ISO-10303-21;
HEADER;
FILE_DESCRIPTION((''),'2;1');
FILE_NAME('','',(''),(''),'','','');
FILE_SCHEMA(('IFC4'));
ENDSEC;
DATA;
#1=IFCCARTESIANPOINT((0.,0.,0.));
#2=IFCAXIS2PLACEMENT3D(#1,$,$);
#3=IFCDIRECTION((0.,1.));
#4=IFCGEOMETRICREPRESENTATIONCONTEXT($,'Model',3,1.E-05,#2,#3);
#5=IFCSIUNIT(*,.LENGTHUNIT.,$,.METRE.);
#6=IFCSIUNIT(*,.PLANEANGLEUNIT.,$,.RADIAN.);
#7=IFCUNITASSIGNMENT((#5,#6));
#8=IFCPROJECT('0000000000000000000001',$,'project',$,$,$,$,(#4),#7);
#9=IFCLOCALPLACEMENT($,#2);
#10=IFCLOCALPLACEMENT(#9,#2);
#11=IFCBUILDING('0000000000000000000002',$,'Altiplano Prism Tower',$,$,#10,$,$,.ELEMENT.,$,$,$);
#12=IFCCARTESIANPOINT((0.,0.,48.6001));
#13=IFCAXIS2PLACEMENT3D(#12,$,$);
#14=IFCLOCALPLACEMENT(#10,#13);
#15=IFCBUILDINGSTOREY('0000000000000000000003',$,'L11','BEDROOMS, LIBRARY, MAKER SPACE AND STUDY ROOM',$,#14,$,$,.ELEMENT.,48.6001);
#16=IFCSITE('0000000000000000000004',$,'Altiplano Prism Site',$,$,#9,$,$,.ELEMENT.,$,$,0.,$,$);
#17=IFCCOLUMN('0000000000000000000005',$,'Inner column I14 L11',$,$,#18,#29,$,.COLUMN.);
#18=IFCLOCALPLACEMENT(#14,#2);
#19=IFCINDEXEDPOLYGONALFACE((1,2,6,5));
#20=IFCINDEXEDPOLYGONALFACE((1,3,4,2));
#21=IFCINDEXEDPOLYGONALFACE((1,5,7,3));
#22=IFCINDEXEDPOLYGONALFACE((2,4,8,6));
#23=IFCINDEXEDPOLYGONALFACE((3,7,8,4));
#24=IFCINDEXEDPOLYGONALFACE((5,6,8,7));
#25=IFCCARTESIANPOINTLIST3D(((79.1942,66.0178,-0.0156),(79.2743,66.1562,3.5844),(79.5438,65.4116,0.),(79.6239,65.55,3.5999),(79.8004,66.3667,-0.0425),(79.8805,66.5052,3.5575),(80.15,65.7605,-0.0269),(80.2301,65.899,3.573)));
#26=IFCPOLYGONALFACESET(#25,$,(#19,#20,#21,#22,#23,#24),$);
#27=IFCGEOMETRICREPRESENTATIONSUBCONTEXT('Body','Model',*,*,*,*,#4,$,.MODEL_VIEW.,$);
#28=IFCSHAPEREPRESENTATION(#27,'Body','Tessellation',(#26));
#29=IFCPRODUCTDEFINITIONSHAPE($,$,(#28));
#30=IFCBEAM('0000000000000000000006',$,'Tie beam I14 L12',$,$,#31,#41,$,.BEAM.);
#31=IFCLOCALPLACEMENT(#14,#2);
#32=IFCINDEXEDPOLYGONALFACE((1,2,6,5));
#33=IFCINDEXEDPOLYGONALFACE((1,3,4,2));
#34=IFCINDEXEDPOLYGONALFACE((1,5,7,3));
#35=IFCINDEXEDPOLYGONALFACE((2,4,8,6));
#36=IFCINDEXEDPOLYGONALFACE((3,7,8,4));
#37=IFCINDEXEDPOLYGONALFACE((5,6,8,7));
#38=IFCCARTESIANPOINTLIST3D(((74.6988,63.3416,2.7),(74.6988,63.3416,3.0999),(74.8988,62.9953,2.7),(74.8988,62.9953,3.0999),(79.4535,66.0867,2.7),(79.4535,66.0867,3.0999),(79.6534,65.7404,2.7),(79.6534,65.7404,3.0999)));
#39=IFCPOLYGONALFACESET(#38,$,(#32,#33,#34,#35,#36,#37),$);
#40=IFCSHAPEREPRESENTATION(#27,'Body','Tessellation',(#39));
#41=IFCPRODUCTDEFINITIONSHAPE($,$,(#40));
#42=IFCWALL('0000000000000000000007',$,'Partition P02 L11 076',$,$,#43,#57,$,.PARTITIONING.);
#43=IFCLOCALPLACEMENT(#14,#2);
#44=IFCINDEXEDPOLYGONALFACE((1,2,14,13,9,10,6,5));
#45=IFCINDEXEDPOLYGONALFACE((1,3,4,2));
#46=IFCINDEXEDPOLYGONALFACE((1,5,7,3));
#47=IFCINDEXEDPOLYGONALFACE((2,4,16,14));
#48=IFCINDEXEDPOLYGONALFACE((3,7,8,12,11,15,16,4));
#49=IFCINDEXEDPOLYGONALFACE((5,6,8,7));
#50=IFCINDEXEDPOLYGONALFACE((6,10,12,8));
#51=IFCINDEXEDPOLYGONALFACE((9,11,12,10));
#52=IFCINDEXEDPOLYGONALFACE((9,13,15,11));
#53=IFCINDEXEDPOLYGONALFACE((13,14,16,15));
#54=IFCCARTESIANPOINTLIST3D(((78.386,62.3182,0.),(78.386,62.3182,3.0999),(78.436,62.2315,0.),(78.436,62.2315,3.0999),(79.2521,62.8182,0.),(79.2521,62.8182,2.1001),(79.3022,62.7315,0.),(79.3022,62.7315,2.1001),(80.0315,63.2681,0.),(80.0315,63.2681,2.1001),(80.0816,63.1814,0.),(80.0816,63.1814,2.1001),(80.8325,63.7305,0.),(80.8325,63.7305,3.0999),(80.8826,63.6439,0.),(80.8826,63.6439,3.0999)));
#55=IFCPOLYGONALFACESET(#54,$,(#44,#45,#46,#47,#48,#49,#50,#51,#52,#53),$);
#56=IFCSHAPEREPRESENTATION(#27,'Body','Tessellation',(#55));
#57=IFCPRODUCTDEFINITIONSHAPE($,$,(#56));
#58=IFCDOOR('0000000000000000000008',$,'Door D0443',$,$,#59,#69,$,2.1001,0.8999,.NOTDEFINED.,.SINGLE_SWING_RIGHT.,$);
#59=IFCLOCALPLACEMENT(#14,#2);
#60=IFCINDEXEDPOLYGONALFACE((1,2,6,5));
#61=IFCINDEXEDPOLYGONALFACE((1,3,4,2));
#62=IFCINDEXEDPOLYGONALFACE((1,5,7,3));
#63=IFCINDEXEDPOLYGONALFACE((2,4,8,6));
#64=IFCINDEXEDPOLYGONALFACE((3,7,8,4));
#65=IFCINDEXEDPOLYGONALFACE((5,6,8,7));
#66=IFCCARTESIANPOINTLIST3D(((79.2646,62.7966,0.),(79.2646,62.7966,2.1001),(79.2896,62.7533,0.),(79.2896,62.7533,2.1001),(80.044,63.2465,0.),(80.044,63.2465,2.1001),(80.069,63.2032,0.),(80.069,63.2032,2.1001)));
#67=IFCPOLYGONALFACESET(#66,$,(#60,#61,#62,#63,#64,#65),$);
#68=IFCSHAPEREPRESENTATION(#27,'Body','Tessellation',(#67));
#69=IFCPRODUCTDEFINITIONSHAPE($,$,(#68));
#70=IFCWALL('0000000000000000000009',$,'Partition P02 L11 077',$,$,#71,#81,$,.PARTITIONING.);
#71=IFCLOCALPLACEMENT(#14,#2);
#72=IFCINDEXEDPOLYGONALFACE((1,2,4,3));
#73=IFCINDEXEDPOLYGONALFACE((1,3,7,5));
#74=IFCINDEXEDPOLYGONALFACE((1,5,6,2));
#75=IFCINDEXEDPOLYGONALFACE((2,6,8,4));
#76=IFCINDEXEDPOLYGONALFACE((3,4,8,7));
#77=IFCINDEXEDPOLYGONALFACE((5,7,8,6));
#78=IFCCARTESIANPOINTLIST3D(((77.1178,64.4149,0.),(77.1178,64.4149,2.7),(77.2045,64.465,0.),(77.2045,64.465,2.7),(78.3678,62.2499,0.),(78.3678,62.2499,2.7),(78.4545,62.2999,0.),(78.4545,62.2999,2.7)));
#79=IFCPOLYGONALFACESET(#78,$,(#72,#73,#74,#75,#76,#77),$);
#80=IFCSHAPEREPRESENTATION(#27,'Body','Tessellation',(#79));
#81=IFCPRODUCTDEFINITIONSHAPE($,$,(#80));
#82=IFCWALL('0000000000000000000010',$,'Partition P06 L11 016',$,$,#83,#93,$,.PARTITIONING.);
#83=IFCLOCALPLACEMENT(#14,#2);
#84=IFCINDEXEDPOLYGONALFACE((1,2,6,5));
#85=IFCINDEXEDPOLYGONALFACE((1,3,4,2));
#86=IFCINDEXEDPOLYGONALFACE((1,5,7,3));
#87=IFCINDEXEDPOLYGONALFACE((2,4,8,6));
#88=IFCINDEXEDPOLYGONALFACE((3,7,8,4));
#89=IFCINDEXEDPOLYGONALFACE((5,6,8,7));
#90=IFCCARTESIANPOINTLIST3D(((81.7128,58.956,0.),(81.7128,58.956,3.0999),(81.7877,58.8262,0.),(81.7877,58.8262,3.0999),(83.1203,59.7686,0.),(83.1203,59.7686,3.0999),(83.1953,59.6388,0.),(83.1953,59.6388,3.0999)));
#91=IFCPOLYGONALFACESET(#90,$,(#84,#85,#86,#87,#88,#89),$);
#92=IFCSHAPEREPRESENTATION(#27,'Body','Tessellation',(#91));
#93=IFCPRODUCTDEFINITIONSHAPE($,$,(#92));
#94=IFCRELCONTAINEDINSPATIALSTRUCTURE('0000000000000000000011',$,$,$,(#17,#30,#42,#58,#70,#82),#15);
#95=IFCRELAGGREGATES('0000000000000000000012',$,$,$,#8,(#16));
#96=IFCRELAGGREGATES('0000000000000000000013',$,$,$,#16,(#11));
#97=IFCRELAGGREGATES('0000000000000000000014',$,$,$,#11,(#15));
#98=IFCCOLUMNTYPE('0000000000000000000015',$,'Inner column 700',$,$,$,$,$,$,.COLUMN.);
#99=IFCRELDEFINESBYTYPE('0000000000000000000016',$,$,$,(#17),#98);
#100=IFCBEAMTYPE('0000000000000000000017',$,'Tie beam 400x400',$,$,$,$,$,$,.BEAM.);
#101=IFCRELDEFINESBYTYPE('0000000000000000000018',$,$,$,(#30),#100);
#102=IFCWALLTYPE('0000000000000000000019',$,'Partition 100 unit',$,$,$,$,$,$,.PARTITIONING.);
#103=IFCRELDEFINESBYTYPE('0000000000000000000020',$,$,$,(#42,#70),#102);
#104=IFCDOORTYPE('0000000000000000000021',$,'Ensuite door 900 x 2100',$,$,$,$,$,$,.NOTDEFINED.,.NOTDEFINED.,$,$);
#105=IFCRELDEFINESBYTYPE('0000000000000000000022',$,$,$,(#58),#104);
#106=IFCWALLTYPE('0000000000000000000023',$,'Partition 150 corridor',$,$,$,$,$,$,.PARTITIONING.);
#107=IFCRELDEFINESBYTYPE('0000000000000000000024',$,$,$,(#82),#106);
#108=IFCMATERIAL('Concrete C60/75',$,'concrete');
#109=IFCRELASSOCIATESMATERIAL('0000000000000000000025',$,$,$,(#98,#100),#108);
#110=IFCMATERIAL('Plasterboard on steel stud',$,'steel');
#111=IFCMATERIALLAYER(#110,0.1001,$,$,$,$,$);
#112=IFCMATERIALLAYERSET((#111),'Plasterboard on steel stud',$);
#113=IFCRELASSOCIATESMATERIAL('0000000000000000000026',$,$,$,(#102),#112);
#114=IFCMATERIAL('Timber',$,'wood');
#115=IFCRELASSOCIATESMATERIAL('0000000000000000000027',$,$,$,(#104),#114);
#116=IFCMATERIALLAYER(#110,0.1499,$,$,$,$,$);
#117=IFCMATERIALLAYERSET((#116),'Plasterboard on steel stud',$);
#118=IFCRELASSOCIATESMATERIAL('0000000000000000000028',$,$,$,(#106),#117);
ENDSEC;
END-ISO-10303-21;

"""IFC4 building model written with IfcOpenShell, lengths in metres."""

from ifc_helpers import new_model, si_unit, direction, frame, frame_2d, origin, origin_2d, place, context, subcontext, project, spatial, rectangle, extrude, material, layer, layer_set, material_profile, profile_set, type_object, element, fill, save


model = new_model("IFC4")

# Units and contexts
model_context = context("Model", 3, precision=1e-05, world=origin(), true_north=direction((0.0, 1.0)))
body_context = subcontext(model_context, "Body", "Model", "MODEL_VIEW")
ifc_project = project(units=[si_unit("LENGTHUNIT", "METRE"), si_unit("PLANEANGLEUNIT", "RADIAN")], contexts=[model_context])

# Site, building, storey
site_placement = place(None, origin())
site = spatial("IfcSite", under=ifc_project, at=site_placement, Name="Altiplano Prism Site", CompositionType="ELEMENT", RefElevation=0.0)
building_placement = place(site_placement, origin())
building = spatial("IfcBuilding", under=site, at=building_placement, Name="Altiplano Prism Tower", CompositionType="ELEMENT")
storey_placement = place(building_placement, frame((0.0, 0.0, 48.6001)))
storey = spatial("IfcBuildingStorey", under=building, at=storey_placement, Name="L11", Description="BEDROOMS, LIBRARY, MAKER SPACE AND STUDY ROOM", CompositionType="ELEMENT", Elevation=48.6001)

# Column
ifc_material_1 = material(Name="Concrete C60/75", Category="concrete")
ifc_material_profile_1 = material_profile(ifc_material_1, rectangle(XDim=0.7, YDim=0.7, at=origin_2d()), Name="Inner column 700")
ifc_profile_set_1 = profile_set([ifc_material_profile_1], Name="Concrete C60/75")
column_type = type_object("IfcColumnType", Name="Inner column 700", PredefinedType="COLUMN", material=ifc_profile_set_1)
column_placement = place(storey_placement, frame((79.6721, 65.8892, -0.0212), z_axis=(0.022223, 0.038416, 0.999015), x_axis=(-0.866023, -0.498525, 0.038435)))
element("IfcColumn", 1, at=column_placement, inside=storey, type_object=column_type, Name="Inner column I14 L11", PredefinedType="COLUMN", context=body_context, shape_type="SweptSolid", body=[
    extrude(rectangle(XDim=0.7, YDim=0.7, at=origin_2d()), origin(), (0.0, 0.0, 1.0), 3.6035),
])

# Beam
ifc_material_profile_2 = material_profile(ifc_material_1, rectangle(XDim=0.3999, YDim=0.3999, at=origin_2d()), Name="Tie beam 400x400")
ifc_profile_set_2 = profile_set([ifc_material_profile_2], Name="Concrete C60/75")
beam_type = type_object("IfcBeamType", Name="Tie beam 400x400", PredefinedType="BEAM", material=ifc_profile_set_2)
beam_placement = place(storey_placement, frame((79.5535, 65.9136, 2.8999), z_axis=(-0.866023, -0.500003, 0.0), x_axis=(0.500003, -0.866023, 0.0)))
element("IfcBeam", 2, at=beam_placement, inside=storey, type_object=beam_type, Name="Tie beam I14 L12", PredefinedType="BEAM", context=body_context, shape_type="SweptSolid", body=[
    extrude(rectangle(XDim=0.3999, YDim=0.3999, at=origin_2d()), origin(), (0.0, 0.0, 1.0), 5.4902),
])

# Wall, opening, door
ifc_material_2 = material(Name="Plasterboard on steel stud", Category="steel")
ifc_layer_1 = layer(ifc_material_2, 0.1001)
ifc_layer_set_1 = layer_set([ifc_layer_1], Name="Plasterboard on steel stud")
wall_type_1 = type_object("IfcWallType", Name="Partition 100 unit", PredefinedType="PARTITIONING", material=ifc_layer_set_1)
wall_1_placement = place(storey_placement, frame((80.8577, 63.6873, 0.0), z_axis=(0.0, 0.0, 1.0), x_axis=(-0.866049, -0.499959, 0.0)))
wall_1 = element("IfcWall", 3, at=wall_1_placement, inside=storey, type_object=wall_type_1, Name="Partition P02 L11 076", PredefinedType="PARTITIONING", context=body_context, shape_type="SweptSolid", body=[
    extrude(rectangle(XDim=2.825, YDim=0.1001, at=frame_2d((1.4126, 0.0))), origin(), (0.0, 0.0, 1.0), 3.0999),
])
opening_1_placement = place(wall_1_placement, frame((0.925, 0.0, 0.0)))
opening_1 = element("IfcOpeningElement", 4, at=opening_1_placement, cuts=wall_1, PredefinedType="OPENING", context=body_context, shape_type="SweptSolid", body=[
    extrude(rectangle(XDim=0.8999, YDim=2.1001, at=frame_2d((0.45, 1.05))), frame((0.0, 0.0605, 0.0), z_axis=(0.0, -1.0, 0.0), x_axis=(1.0, 0.0, 0.0)), (0.0, 0.0, 1.0), 0.1211),
])
ifc_material_3 = material(Name="Timber", Category="wood")
door_type_1 = type_object("IfcDoorType", Name="Ensuite door 900 x 2100", OperationType="NOTDEFINED", PredefinedType="NOTDEFINED", material=ifc_material_3)
door_1_placement = place(opening_1_placement, origin())
door_1 = element("IfcDoor", 5, at=door_1_placement, inside=storey, type_object=door_type_1, Name="Door D0443", OperationType="SINGLE_SWING_RIGHT", OverallHeight=2.1001, OverallWidth=0.8999, PredefinedType="NOTDEFINED", context=body_context, shape_type="SweptSolid", body=[
    extrude(rectangle(XDim=0.8999, YDim=2.1001, at=frame_2d((0.45, 1.05))), frame((0.0, 0.0249, 0.0), z_axis=(0.0, -1.0, 0.0), x_axis=(1.0, 0.0, 0.0)), (0.0, 0.0, 1.0), 0.05),
])
fill(opening_1, door_1)

# Walls
wall_2_placement = place(storey_placement, frame((78.4111, 62.2749, 0.0), z_axis=(0.0, 0.0, 1.0), x_axis=(-0.500004, 0.866023, 0.0)))
element("IfcWall", 6, at=wall_2_placement, inside=storey, type_object=wall_type_1, Name="Partition P02 L11 077", PredefinedType="PARTITIONING", context=body_context, shape_type="SweptSolid", body=[
    extrude(rectangle(XDim=2.5, YDim=0.1001, at=frame_2d((1.25, 0.0))), origin(), (0.0, 0.0, 1.0), 2.7),
])
ifc_layer_2 = layer(ifc_material_2, 0.1499)
ifc_layer_set_2 = layer_set([ifc_layer_2], Name="Plasterboard on steel stud")
wall_type_2 = type_object("IfcWallType", Name="Partition 150 corridor", PredefinedType="PARTITIONING", material=ifc_layer_set_2)
wall_3_placement = place(storey_placement, frame((83.1577, 59.7036, 0.0), z_axis=(0.0, 0.0, 1.0), x_axis=(-0.866053, -0.499952, 0.0)))
element("IfcWall", 7, at=wall_3_placement, inside=storey, type_object=wall_type_2, Name="Partition P06 L11 016", PredefinedType="PARTITIONING", context=body_context, shape_type="SweptSolid", body=[
    extrude(rectangle(XDim=1.6252, YDim=0.1499, at=frame_2d((0.8125, 0.0))), origin(), (0.0, 0.0, 1.0), 3.0999),
])

save(model, "model.ifc")
